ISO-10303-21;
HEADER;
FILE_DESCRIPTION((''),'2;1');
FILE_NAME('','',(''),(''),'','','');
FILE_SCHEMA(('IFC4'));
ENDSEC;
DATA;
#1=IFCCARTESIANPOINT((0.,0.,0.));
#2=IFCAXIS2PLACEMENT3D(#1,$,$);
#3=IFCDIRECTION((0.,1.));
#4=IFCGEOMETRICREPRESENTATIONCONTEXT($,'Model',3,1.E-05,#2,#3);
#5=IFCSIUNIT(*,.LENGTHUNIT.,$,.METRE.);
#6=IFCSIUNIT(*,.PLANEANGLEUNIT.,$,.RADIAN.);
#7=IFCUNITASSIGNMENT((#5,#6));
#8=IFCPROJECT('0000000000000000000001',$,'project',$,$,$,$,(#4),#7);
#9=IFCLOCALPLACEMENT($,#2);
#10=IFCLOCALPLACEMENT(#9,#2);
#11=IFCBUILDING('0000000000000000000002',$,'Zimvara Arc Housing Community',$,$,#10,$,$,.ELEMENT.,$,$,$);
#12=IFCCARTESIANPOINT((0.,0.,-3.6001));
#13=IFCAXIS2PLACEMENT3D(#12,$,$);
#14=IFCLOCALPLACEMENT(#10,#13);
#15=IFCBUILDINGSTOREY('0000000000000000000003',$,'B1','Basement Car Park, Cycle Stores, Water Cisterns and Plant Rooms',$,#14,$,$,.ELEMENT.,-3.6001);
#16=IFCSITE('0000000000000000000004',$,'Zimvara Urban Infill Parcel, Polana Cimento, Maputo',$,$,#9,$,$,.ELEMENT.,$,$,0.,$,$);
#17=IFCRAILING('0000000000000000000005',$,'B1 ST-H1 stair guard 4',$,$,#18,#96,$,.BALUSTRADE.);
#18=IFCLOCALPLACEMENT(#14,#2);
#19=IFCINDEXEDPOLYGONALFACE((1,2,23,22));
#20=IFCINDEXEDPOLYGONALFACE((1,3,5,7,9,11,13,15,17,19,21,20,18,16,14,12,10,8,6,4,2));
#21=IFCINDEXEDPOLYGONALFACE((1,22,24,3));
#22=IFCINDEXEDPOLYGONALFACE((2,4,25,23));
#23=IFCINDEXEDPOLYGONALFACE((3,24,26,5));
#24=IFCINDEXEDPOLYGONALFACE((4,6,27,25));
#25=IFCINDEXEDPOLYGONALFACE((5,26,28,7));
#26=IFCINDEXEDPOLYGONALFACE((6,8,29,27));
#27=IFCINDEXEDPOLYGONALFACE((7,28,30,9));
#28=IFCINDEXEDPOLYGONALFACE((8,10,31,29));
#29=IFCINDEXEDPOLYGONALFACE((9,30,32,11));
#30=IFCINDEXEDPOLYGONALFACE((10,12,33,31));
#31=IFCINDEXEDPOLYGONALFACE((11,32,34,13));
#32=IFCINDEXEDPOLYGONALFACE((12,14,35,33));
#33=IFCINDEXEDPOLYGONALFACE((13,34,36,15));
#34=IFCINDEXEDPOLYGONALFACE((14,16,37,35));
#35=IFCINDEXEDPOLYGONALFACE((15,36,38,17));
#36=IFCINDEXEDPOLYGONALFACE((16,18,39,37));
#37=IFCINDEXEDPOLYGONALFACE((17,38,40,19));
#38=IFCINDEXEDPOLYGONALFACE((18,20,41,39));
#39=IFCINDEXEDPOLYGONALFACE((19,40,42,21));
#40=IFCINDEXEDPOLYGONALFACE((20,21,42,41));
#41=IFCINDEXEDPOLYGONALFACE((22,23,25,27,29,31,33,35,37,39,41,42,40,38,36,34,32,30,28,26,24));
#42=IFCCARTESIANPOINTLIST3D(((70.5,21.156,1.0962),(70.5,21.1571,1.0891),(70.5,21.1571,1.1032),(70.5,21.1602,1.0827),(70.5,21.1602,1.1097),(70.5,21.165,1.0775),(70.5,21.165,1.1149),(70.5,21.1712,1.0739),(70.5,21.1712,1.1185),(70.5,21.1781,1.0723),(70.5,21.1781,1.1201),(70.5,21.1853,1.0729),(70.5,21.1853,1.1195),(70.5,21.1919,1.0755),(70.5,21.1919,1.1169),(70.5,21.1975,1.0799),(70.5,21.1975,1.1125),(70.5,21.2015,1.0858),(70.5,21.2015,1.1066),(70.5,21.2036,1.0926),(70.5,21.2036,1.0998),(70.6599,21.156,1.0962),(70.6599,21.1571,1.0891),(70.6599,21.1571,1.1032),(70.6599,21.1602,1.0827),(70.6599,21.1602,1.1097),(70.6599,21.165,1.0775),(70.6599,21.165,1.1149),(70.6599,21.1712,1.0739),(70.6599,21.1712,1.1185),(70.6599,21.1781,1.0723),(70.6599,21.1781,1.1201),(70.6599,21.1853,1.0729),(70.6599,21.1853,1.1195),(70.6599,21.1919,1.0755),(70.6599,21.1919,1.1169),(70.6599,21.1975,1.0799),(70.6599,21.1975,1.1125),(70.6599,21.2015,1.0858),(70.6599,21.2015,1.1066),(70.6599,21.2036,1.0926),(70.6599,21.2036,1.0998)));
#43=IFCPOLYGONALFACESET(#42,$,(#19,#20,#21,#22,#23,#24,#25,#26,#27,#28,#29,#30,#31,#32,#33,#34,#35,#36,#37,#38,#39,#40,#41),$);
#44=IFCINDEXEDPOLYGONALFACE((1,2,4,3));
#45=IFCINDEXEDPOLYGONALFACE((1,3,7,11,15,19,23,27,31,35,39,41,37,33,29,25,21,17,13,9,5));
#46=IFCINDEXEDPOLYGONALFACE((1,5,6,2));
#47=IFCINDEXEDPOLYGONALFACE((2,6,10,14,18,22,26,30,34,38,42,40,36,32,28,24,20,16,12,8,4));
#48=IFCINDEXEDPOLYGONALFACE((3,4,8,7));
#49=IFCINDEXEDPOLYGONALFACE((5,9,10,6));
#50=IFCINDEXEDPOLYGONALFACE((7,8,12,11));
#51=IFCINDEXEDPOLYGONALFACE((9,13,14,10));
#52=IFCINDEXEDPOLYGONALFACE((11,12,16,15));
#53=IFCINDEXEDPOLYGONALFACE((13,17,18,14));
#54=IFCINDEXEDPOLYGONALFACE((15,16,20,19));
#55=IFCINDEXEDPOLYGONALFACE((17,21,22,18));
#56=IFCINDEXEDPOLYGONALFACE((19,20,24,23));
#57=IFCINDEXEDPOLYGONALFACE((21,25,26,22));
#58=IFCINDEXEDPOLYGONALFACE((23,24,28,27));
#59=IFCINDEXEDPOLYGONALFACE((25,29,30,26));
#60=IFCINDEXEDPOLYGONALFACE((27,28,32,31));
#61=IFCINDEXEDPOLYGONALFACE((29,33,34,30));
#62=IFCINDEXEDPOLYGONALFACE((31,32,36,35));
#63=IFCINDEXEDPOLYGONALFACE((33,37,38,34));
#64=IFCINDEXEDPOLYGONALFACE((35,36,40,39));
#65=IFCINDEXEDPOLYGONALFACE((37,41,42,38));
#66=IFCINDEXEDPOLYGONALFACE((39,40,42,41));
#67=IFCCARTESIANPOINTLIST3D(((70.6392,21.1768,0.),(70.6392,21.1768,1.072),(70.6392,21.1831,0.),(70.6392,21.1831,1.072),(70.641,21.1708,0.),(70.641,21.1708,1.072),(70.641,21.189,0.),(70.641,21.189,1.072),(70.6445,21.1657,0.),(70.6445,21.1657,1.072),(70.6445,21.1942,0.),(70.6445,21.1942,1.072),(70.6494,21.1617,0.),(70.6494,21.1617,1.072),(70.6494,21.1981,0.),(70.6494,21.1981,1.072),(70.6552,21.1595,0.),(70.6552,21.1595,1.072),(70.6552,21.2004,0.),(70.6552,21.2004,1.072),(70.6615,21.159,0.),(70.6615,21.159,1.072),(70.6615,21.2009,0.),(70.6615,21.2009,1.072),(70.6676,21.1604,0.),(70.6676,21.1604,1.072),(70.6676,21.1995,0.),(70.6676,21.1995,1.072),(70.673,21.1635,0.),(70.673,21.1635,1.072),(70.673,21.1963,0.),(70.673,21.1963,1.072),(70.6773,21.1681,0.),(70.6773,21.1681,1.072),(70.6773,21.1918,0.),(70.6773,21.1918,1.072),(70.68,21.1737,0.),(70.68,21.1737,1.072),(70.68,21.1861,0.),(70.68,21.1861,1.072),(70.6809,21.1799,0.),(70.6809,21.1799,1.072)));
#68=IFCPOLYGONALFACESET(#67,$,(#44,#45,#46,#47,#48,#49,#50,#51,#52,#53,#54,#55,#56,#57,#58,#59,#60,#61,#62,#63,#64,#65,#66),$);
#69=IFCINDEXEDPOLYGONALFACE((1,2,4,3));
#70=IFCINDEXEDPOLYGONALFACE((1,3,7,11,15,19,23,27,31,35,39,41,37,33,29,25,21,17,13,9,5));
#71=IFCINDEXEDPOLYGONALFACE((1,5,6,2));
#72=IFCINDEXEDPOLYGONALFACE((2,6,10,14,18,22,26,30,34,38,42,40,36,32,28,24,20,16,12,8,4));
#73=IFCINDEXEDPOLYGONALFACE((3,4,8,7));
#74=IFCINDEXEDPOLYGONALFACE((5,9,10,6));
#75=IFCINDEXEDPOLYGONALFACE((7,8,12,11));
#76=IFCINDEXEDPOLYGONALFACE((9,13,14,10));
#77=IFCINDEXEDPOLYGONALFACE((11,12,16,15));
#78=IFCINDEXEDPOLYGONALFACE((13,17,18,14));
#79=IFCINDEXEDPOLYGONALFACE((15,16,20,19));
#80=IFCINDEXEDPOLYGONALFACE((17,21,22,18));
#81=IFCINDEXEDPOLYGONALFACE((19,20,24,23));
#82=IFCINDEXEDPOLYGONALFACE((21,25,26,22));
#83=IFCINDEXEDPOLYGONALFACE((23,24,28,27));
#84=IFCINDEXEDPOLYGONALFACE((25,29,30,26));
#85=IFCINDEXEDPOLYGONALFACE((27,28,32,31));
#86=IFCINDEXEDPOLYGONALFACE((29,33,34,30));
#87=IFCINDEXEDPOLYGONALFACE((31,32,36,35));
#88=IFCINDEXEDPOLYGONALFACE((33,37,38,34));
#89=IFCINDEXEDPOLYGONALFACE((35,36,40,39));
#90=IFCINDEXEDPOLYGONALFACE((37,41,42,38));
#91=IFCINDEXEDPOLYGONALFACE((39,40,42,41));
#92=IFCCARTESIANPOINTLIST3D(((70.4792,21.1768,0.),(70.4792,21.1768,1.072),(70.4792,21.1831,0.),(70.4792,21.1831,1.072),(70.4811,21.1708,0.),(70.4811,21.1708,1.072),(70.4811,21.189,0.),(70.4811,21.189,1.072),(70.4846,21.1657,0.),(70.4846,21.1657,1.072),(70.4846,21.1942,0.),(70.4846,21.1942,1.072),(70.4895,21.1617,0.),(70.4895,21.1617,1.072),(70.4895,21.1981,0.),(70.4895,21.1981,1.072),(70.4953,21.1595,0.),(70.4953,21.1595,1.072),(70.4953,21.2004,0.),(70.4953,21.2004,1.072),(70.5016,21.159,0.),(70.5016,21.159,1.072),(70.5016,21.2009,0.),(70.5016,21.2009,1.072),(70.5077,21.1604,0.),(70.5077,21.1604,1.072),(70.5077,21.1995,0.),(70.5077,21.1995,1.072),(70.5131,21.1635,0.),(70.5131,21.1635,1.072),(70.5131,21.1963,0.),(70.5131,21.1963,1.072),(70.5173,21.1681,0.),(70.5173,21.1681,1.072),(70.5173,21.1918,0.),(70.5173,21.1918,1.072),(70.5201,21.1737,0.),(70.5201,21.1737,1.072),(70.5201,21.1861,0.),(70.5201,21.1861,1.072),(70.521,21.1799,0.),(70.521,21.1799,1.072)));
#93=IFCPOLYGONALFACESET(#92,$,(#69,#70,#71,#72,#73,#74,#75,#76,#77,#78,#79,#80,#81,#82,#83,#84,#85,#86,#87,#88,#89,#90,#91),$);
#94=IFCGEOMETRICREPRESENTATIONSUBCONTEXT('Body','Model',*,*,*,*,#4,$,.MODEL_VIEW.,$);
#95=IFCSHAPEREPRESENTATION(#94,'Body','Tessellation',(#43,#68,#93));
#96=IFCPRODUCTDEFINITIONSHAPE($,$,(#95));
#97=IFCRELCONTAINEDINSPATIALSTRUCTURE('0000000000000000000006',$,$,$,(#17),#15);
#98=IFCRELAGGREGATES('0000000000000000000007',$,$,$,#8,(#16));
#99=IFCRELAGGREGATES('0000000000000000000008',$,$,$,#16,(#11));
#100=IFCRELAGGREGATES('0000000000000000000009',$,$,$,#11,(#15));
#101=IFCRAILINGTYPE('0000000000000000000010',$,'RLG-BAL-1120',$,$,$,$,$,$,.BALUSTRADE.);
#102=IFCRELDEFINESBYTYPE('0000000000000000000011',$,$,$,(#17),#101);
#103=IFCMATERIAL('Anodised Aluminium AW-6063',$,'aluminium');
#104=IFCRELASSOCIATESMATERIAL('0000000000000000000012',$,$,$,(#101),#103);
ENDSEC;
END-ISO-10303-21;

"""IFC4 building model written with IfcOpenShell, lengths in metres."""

from ifc_helpers import new_model, si_unit, direction, frame, origin, origin_2d, place, context, subcontext, project, spatial, circle, extrude, material, type_object, element, save


model = new_model("IFC4")

# Units and contexts
model_context = context("Model", 3, precision=1e-05, world=origin(), true_north=direction((0.0, 1.0)))
body_context = subcontext(model_context, "Body", "Model", "MODEL_VIEW")
ifc_project = project(units=[si_unit("LENGTHUNIT", "METRE"), si_unit("PLANEANGLEUNIT", "RADIAN")], contexts=[model_context])

# Site, building, storey
site_placement = place(None, origin())
site = spatial("IfcSite", under=ifc_project, at=site_placement, Name="Zimvara Urban Infill Parcel, Polana Cimento, Maputo", CompositionType="ELEMENT", RefElevation=0.0)
building_placement = place(site_placement, origin())
building = spatial("IfcBuilding", under=site, at=building_placement, Name="Zimvara Arc Housing Community", CompositionType="ELEMENT")
storey_placement = place(building_placement, frame((0.0, 0.0, -3.6001)))
storey = spatial("IfcBuildingStorey", under=building, at=storey_placement, Name="B1", Description="Basement Car Park, Cycle Stores, Water Cisterns and Plant Rooms", CompositionType="ELEMENT", Elevation=-3.6001)

# Railing
ifc_material_1 = material(Name="Anodised Aluminium AW-6063", Category="aluminium")
railing_type_1 = type_object("IfcRailingType", Name="RLG-BAL-1120", PredefinedType="BALUSTRADE", material=ifc_material_1)
railing_1_placement = place(storey_placement, frame((70.6599, 21.1799, 0.0)))
element("IfcRailing", 1, at=railing_1_placement, inside=storey, type_object=railing_type_1, Name="B1 ST-H1 stair guard 4", PredefinedType="BALUSTRADE", context=body_context, shape_type="SweptSolid", body=[
    extrude(circle(Radius=0.0239, at=origin_2d()), frame((0.0, 0.0, 1.0962), z_axis=(-1.0, 0.0, 0.0), x_axis=(0.0, -1.0, 0.0)), (0.0, 0.0, 1.0), 0.1599),
    extrude(circle(Radius=0.021, at=origin_2d()), origin(), (0.0, 0.0, 1.0), 1.072),
    extrude(circle(Radius=0.021, at=origin_2d()), frame((-0.1599, 0.0, 0.0)), (0.0, 0.0, 1.0), 1.072),
])

save(model, "model.ifc")
